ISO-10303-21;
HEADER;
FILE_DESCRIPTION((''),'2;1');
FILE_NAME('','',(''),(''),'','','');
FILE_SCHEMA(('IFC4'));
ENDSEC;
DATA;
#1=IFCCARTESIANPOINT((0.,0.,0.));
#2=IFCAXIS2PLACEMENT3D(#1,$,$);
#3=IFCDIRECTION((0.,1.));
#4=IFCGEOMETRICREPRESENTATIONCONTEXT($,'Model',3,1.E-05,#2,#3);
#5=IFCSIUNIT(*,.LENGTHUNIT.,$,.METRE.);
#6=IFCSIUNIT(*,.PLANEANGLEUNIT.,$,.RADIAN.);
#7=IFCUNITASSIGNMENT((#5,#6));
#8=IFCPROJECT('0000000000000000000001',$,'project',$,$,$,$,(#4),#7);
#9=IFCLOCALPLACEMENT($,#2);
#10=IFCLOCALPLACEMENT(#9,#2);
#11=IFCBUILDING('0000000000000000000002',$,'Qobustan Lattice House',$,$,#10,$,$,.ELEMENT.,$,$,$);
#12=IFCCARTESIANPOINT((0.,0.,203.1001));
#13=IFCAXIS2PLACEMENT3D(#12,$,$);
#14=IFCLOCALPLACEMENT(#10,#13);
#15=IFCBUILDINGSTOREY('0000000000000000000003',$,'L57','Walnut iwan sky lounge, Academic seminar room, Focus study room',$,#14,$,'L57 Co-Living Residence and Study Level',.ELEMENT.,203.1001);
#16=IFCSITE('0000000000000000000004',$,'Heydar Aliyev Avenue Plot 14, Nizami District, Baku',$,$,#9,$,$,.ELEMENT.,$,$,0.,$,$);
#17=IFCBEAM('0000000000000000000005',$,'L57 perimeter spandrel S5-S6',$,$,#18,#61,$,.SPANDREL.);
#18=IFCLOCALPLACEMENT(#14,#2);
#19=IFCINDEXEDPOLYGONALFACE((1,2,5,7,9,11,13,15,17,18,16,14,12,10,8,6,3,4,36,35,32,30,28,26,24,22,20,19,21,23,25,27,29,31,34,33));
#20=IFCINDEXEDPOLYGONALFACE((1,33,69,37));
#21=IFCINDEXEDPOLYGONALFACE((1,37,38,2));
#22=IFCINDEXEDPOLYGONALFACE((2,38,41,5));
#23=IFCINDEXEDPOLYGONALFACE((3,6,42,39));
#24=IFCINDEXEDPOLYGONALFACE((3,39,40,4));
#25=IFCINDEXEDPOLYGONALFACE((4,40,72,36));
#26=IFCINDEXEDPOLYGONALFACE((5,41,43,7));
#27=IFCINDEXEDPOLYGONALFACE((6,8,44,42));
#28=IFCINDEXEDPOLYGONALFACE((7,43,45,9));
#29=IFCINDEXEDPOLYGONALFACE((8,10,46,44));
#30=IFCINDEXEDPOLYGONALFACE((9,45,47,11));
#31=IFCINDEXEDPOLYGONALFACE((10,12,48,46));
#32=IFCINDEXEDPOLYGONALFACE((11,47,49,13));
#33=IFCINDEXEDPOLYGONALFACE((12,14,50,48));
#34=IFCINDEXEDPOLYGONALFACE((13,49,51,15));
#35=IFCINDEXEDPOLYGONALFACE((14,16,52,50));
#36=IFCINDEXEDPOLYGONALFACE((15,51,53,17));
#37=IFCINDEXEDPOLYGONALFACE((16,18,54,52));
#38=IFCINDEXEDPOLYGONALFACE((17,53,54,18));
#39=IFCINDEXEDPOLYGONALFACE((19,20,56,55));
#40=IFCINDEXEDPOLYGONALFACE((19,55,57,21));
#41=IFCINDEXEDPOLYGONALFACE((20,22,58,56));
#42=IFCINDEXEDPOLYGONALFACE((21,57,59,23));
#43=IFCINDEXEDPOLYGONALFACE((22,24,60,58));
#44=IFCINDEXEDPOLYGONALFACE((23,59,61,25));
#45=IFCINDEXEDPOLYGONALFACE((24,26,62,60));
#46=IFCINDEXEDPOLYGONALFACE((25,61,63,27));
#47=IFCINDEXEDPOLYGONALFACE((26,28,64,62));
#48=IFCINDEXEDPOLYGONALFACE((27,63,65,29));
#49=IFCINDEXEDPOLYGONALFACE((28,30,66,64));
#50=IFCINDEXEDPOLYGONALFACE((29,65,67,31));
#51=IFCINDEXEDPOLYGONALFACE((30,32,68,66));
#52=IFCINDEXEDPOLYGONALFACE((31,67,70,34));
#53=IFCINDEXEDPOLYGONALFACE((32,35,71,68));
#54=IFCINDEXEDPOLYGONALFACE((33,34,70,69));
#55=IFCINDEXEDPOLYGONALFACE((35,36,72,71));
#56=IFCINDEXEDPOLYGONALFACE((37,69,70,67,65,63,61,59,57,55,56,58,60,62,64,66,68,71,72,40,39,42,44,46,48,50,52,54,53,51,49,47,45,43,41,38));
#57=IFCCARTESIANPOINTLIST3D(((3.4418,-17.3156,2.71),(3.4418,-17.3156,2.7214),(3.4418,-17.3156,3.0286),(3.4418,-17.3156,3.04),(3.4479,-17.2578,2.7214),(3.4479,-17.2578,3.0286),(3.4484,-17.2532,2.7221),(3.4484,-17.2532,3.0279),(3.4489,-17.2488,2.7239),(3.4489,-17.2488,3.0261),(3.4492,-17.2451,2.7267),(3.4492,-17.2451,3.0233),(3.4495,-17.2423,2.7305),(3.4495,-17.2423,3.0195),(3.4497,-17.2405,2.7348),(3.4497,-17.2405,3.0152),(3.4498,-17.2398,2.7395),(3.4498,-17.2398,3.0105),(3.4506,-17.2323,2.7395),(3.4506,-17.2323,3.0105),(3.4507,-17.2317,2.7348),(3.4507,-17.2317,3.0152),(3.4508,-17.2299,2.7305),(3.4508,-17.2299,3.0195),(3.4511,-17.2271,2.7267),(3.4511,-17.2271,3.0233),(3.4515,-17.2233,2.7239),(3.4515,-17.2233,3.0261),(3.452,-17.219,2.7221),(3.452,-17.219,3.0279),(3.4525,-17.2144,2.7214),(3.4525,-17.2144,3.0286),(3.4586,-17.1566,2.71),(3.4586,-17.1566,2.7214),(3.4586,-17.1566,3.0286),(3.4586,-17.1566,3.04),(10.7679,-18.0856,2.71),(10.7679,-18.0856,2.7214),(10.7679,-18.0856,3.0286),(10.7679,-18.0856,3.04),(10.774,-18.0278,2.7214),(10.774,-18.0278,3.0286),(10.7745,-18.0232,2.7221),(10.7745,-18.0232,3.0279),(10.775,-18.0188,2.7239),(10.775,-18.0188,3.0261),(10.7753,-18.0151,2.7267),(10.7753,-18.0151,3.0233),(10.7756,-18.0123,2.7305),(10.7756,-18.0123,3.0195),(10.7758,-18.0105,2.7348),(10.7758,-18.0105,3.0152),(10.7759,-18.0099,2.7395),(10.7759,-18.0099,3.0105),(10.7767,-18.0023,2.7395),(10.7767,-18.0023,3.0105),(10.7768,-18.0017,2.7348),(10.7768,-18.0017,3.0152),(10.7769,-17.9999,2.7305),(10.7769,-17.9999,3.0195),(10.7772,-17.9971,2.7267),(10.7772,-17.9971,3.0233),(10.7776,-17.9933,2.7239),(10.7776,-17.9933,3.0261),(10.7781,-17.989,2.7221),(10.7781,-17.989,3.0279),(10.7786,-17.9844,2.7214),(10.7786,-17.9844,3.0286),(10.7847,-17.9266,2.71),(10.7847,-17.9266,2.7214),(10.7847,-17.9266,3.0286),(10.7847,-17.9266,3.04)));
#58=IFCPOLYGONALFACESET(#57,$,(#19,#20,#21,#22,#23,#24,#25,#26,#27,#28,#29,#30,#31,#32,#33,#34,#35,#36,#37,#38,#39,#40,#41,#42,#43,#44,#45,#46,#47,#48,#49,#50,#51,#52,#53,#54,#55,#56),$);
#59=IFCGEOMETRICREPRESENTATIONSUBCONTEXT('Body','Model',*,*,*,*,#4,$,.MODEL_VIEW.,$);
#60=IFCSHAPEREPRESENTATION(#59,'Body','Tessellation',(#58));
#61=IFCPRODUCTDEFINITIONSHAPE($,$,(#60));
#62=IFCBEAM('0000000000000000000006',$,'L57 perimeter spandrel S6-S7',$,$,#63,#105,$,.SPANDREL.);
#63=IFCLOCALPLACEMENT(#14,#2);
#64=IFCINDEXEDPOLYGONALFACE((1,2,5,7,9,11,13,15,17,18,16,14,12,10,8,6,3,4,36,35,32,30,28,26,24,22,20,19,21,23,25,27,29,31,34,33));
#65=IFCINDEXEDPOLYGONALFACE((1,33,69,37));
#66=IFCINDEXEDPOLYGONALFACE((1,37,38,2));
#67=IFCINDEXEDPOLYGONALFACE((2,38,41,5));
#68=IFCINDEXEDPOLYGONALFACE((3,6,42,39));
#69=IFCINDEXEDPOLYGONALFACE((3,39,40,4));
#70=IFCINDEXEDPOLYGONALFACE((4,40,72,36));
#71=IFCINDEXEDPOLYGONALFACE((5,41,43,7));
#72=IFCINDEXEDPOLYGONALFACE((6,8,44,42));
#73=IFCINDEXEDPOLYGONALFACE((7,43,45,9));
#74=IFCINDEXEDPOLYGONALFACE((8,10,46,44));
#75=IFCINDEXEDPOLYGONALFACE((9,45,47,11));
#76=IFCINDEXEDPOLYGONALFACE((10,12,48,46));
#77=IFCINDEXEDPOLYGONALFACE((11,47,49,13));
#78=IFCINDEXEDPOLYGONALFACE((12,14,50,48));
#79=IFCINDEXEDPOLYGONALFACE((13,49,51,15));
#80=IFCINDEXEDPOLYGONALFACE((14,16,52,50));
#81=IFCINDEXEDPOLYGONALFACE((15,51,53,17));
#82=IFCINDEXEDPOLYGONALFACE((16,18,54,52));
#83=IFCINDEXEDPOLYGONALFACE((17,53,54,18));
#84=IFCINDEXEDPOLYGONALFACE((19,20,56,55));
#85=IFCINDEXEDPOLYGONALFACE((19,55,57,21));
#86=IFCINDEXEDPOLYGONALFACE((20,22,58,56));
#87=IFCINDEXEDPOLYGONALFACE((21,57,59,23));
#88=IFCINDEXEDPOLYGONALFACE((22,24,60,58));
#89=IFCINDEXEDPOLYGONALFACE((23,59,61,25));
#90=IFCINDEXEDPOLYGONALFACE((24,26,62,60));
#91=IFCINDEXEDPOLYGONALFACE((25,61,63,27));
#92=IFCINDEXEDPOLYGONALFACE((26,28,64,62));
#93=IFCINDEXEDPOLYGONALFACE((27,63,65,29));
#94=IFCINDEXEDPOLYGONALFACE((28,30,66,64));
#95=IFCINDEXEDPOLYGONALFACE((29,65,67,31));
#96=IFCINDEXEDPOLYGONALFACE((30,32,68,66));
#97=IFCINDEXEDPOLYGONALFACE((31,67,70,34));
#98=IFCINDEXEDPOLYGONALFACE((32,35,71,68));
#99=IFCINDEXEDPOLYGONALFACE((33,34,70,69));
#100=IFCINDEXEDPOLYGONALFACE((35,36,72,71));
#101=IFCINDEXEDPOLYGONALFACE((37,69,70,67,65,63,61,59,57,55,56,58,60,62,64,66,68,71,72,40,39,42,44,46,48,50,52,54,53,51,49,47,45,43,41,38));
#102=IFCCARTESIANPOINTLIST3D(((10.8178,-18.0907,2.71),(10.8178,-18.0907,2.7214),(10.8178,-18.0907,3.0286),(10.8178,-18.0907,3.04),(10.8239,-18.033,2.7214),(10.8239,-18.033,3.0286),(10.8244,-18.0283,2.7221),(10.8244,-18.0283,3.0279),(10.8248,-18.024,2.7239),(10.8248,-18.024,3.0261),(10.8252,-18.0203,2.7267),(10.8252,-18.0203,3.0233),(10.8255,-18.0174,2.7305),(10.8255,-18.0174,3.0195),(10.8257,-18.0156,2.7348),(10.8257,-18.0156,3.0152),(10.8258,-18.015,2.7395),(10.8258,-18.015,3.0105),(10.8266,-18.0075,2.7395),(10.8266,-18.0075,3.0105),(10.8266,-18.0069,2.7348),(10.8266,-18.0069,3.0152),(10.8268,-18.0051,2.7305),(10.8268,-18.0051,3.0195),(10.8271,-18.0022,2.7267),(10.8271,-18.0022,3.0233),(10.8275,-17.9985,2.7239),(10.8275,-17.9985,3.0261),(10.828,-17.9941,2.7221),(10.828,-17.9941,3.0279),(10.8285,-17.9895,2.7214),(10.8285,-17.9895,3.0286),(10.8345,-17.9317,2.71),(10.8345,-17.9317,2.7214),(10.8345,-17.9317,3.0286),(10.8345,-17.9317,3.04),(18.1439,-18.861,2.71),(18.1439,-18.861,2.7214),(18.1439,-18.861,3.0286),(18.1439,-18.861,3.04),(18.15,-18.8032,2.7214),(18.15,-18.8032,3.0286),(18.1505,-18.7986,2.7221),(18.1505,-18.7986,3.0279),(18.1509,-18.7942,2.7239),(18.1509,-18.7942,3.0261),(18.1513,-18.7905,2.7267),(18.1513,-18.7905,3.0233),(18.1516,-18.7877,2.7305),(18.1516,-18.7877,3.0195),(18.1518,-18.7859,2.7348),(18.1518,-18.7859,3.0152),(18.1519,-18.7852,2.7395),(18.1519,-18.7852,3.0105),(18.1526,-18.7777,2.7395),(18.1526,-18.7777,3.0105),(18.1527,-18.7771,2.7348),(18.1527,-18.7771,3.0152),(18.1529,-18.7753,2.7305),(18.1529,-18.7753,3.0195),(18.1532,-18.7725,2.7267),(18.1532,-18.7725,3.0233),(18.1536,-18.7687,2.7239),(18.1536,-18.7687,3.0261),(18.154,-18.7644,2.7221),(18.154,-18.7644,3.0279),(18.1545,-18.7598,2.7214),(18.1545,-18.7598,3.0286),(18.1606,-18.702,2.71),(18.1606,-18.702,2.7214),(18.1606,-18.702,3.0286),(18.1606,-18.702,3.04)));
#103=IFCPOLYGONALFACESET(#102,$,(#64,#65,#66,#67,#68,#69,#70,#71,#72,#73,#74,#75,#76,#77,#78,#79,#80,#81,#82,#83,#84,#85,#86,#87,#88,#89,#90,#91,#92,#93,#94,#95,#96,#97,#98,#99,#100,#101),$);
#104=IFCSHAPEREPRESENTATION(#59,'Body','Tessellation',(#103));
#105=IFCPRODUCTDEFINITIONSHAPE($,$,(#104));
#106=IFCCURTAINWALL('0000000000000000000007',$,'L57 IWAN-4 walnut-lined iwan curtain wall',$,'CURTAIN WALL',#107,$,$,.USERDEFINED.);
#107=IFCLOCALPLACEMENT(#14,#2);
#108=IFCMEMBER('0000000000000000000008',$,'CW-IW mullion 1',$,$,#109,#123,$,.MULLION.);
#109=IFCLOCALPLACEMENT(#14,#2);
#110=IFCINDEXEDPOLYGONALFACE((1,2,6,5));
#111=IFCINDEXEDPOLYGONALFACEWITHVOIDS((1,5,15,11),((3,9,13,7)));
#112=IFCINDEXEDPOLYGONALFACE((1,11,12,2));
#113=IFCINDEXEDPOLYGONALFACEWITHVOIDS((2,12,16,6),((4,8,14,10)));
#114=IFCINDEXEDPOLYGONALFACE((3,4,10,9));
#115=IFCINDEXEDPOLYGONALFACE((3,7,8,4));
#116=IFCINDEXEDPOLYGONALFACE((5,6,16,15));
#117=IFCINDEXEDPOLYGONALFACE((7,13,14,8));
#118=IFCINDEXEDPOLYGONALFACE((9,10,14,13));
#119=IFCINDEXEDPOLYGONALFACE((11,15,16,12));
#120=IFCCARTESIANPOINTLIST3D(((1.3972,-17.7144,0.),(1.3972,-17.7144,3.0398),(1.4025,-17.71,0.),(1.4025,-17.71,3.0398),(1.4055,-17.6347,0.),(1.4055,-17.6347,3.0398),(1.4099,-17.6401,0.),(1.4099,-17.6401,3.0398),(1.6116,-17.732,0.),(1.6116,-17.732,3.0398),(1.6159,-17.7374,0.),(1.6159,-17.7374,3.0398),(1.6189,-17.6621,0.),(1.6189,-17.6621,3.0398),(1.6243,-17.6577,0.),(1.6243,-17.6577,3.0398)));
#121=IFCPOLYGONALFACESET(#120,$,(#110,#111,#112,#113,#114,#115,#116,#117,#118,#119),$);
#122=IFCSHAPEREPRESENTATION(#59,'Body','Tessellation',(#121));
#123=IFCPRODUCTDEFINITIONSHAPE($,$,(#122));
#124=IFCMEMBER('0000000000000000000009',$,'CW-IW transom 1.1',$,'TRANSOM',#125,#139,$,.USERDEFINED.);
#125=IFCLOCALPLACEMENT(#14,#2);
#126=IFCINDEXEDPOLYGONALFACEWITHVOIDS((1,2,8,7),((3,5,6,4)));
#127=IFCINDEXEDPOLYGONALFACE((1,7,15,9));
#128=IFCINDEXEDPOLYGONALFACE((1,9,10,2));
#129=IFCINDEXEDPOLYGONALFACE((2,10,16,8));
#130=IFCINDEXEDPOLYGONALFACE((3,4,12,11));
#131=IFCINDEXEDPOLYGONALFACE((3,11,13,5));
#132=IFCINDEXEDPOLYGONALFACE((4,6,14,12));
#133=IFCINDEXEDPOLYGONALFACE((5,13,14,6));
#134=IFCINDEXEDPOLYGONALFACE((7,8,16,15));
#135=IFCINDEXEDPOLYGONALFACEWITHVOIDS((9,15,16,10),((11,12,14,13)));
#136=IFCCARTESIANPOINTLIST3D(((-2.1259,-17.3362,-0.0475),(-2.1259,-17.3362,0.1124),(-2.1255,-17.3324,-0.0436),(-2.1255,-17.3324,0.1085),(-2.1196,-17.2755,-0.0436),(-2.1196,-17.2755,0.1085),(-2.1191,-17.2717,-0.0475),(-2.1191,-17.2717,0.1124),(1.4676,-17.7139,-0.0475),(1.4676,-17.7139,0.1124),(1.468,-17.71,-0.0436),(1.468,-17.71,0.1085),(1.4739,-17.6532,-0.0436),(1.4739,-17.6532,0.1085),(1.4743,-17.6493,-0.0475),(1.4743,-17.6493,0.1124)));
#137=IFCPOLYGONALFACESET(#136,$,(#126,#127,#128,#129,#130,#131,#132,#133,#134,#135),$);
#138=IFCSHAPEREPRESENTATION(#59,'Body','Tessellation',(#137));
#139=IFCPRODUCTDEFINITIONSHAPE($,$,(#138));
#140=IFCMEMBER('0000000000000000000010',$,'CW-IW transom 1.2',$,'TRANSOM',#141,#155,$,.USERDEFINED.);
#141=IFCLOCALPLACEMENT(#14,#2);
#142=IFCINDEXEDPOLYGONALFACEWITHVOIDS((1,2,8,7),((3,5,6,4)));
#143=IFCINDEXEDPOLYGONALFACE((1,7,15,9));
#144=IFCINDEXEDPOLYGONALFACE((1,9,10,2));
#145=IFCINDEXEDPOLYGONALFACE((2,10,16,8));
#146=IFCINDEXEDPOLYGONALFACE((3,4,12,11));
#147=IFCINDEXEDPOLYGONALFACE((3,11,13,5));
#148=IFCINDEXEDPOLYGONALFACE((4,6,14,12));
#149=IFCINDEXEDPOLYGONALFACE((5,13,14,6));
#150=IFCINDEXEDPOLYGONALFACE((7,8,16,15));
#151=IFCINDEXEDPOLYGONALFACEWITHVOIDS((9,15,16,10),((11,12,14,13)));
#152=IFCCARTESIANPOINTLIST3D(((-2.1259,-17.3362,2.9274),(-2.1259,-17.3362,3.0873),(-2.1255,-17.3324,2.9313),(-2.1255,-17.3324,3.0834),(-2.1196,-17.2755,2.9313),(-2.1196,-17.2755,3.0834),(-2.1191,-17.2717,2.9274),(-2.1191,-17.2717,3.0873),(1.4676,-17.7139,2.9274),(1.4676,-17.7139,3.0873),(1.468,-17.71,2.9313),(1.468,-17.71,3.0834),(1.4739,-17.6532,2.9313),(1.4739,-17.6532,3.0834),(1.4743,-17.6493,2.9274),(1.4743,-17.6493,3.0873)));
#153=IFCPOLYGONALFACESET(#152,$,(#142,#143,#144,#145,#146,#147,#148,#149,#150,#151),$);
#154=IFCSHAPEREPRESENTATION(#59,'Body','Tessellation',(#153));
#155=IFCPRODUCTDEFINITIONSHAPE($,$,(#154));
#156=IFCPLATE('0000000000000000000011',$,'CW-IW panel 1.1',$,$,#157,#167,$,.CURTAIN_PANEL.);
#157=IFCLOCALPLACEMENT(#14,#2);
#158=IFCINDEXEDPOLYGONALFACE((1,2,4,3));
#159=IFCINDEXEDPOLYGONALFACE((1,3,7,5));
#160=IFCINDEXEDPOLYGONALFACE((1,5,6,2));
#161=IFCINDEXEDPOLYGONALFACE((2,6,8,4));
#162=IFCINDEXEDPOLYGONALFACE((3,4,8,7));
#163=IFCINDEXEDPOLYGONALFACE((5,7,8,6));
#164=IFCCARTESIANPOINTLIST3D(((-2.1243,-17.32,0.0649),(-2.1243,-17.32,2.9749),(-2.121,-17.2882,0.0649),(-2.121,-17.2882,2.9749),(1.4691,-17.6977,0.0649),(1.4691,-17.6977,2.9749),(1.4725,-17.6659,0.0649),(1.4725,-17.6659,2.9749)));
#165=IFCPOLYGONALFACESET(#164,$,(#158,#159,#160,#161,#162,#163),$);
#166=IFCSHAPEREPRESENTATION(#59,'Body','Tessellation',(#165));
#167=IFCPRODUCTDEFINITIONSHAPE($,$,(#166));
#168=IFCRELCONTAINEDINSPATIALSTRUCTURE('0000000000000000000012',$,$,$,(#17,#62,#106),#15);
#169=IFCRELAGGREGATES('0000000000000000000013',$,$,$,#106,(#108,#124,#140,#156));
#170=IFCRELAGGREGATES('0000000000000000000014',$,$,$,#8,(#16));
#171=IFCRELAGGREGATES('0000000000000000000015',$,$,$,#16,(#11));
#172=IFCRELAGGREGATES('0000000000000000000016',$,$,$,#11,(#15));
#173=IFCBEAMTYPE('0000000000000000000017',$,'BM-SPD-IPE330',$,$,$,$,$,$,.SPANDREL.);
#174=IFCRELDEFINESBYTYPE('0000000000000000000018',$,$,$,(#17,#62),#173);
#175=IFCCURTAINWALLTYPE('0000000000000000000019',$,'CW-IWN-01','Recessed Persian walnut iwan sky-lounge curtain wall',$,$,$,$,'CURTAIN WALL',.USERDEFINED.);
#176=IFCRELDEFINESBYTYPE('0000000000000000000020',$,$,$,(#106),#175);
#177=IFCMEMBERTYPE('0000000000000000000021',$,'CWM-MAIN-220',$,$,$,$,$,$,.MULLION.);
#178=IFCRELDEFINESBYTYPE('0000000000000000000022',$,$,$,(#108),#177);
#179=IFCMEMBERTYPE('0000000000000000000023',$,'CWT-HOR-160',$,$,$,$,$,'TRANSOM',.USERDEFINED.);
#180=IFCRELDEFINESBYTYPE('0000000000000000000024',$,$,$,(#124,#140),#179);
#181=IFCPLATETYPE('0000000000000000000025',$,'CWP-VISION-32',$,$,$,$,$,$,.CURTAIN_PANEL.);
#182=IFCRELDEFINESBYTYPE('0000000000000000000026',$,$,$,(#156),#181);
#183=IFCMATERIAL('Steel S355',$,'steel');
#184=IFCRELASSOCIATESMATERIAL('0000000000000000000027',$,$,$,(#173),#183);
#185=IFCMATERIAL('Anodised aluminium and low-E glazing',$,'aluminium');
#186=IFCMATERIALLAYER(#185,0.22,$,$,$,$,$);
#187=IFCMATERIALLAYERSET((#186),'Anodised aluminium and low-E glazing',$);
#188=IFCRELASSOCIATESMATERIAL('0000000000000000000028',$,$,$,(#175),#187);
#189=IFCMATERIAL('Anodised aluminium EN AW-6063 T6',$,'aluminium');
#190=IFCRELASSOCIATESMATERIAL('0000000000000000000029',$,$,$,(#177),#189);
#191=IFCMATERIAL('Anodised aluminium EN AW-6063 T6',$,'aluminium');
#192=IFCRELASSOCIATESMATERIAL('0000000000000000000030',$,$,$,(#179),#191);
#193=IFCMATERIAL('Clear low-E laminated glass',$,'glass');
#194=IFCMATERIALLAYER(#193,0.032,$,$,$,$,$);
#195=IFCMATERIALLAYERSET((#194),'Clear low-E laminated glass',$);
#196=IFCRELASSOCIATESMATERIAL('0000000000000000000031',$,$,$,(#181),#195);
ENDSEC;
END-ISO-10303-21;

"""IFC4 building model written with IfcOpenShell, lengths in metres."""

from ifc_helpers import new_model, si_unit, direction, frame, origin, origin_2d, place, context, subcontext, project, spatial, rectangle, hollow_rectangle, i_section, extrude, material, layer, layer_set, material_profile, profile_set, type_object, element, aggregate, save


model = new_model("IFC4")

# Units and contexts
model_context = context("Model", 3, precision=1e-05, world=origin(), true_north=direction((0.0, 1.0)))
body_context = subcontext(model_context, "Body", "Model", "MODEL_VIEW")
ifc_project = project(units=[si_unit("LENGTHUNIT", "METRE"), si_unit("PLANEANGLEUNIT", "RADIAN")], contexts=[model_context])

# Site, building, storey
site_placement = place(None, origin())
site = spatial("IfcSite", under=ifc_project, at=site_placement, Name="Heydar Aliyev Avenue Plot 14, Nizami District, Baku", CompositionType="ELEMENT", RefElevation=0.0)
building_placement = place(site_placement, origin())
building = spatial("IfcBuilding", under=site, at=building_placement, Name="Qobustan Lattice House", CompositionType="ELEMENT")
storey_placement = place(building_placement, frame((0.0, 0.0, 203.1001)))
storey = spatial("IfcBuildingStorey", under=building, at=storey_placement, Name="L57", Description="Walnut iwan sky lounge, Academic seminar room, Focus study room", LongName="L57 Co-Living Residence and Study Level", CompositionType="ELEMENT", Elevation=203.1001)

# Beams
ifc_material_1 = material(Name="Steel S355", Category="steel")
ifc_material_profile_1 = material_profile(ifc_material_1, i_section(OverallWidth=0.1599, OverallDepth=0.3301, WebThickness=0.0076, FlangeThickness=0.0115, FilletRadius=0.0181, at=origin_2d()), Name="IPE330")
ifc_profile_set_1 = profile_set([ifc_material_profile_1], Name="Steel S355")
beam_type_1 = type_object("IfcBeamType", Name="BM-SPD-IPE330", PredefinedType="SPANDREL", material=ifc_profile_set_1)
for number, where, z_axis, x_axis, name in (
    (1, (3.4502, -17.2361, 2.875), (0.994522, -0.10453, 0.0), (0.10453, 0.994522, 0.0), "L57 perimeter spandrel S5-S6"),
    (2, (10.8262, -18.0112, 2.875), (0.994518, -0.104562, 0.0), (0.104562, 0.994518, 0.0), "L57 perimeter spandrel S6-S7"),
):
    element("IfcBeam", number, at=place(storey_placement, frame(where, z_axis=z_axis, x_axis=x_axis)), inside=storey, type_object=beam_type_1, Name=name, PredefinedType="SPANDREL", context=body_context, shape_type="SweptSolid", body=[
        extrude(i_section(OverallWidth=0.1599, OverallDepth=0.3301, WebThickness=0.0076, FlangeThickness=0.0115, FilletRadius=0.0181, at=origin_2d()), origin(), (0.0, 0.0, 1.0), 7.3665),
    ])

# Curtain wall, members, plate
ifc_material_2 = material(Name="Anodised aluminium and low-E glazing", Category="aluminium")
ifc_layer_1 = layer(ifc_material_2, 0.22)
ifc_layer_set_1 = layer_set([ifc_layer_1], Name="Anodised aluminium and low-E glazing")
curtain_wall_type = type_object("IfcCurtainWallType", Name="CW-IWN-01", Description="Recessed Persian walnut iwan sky-lounge curtain wall", ElementType="CURTAIN WALL", PredefinedType="USERDEFINED", material=ifc_layer_set_1)
curtain_wall_placement = place(storey_placement, origin())
curtain_wall = element("IfcCurtainWall", 3, at=curtain_wall_placement, inside=storey, type_object=curtain_wall_type, Name="L57 IWAN-4 walnut-lined iwan curtain wall", ObjectType="CURTAIN WALL", PredefinedType="USERDEFINED")
ifc_material_3 = material(Name="Anodised aluminium EN AW-6063 T6", Category="aluminium")
ifc_material_profile_2 = material_profile(ifc_material_3, hollow_rectangle(XDim=0.0801, YDim=0.22, WallThickness=0.0049, at=origin_2d()), Name="CWM-220x80")
ifc_profile_set_2 = profile_set([ifc_material_profile_2], Name="Anodised aluminium EN AW-6063 T6")
member_type_1 = type_object("IfcMemberType", Name="CWM-MAIN-220", PredefinedType="MULLION", material=ifc_profile_set_2)
member_1_placement = place(storey_placement, frame((1.5107, -17.686, 0.0), z_axis=(0.0, 0.0, 1.0), x_axis=(-0.104536, -0.994521, 0.0)))
member_1 = element("IfcMember", 4, at=member_1_placement, type_object=member_type_1, Name="CW-IW mullion 1", PredefinedType="MULLION", context=body_context, shape_type="SweptSolid", body=[
    extrude(hollow_rectangle(XDim=0.0801, YDim=0.22, WallThickness=0.0049, at=origin_2d()), origin(), (0.0, 0.0, 1.0), 3.0398),
])
ifc_material_4 = material(Name="Anodised aluminium EN AW-6063 T6", Category="aluminium")
ifc_material_profile_3 = material_profile(ifc_material_4, hollow_rectangle(XDim=0.0649, YDim=0.1599, WallThickness=0.0039, at=origin_2d()), Name="CWT-160x65")
ifc_profile_set_3 = profile_set([ifc_material_profile_3], Name="Anodised aluminium EN AW-6063 T6")
member_type_2 = type_object("IfcMemberType", Name="CWT-HOR-160", ElementType="TRANSOM", PredefinedType="USERDEFINED", material=ifc_profile_set_3)
member_2_placement = place(storey_placement, frame((1.4709, -17.6816, 0.0325), z_axis=(-0.994522, 0.104527, 0.0), x_axis=(-0.104527, -0.994522, 0.0)))
member_2 = element("IfcMember", 5, at=member_2_placement, type_object=member_type_2, Name="CW-IW transom 1.1", ObjectType="TRANSOM", PredefinedType="USERDEFINED", context=body_context, shape_type="SweptSolid", body=[
    extrude(hollow_rectangle(XDim=0.0649, YDim=0.1599, WallThickness=0.0039, at=origin_2d()), origin(), (0.0, 0.0, 1.0), 3.6133),
])
member_3_placement = place(storey_placement, frame((1.4709, -17.6816, 3.0073), z_axis=(-0.994522, 0.104527, 0.0), x_axis=(-0.104527, -0.994522, 0.0)))
member_3 = element("IfcMember", 6, at=member_3_placement, type_object=member_type_2, Name="CW-IW transom 1.2", ObjectType="TRANSOM", PredefinedType="USERDEFINED", context=body_context, shape_type="SweptSolid", body=[
    extrude(hollow_rectangle(XDim=0.0649, YDim=0.1599, WallThickness=0.0039, at=origin_2d()), origin(), (0.0, 0.0, 1.0), 3.6133),
])
ifc_material_5 = material(Name="Clear low-E laminated glass", Category="glass")
ifc_layer_2 = layer(ifc_material_5, 0.032)
ifc_layer_set_2 = layer_set([ifc_layer_2], Name="Clear low-E laminated glass")
plate_type = type_object("IfcPlateType", Name="CWP-VISION-32", PredefinedType="CURTAIN_PANEL", material=ifc_layer_set_2)
plate_placement = place(storey_placement, frame((-0.3259, -17.4929, 0.0649), z_axis=(0.0, 0.0, 1.0), x_axis=(-0.994521, 0.104536, 0.0)))
plate = element("IfcPlate", 7, at=plate_placement, type_object=plate_type, Name="CW-IW panel 1.1", PredefinedType="CURTAIN_PANEL", context=body_context, shape_type="SweptSolid", body=[
    extrude(rectangle(XDim=3.6133, YDim=0.032, at=origin_2d()), origin(), (0.0, 0.0, 1.0), 2.9099),
])
aggregate(curtain_wall, [member_1, member_2, member_3, plate])

save(model, "model.ifc")
